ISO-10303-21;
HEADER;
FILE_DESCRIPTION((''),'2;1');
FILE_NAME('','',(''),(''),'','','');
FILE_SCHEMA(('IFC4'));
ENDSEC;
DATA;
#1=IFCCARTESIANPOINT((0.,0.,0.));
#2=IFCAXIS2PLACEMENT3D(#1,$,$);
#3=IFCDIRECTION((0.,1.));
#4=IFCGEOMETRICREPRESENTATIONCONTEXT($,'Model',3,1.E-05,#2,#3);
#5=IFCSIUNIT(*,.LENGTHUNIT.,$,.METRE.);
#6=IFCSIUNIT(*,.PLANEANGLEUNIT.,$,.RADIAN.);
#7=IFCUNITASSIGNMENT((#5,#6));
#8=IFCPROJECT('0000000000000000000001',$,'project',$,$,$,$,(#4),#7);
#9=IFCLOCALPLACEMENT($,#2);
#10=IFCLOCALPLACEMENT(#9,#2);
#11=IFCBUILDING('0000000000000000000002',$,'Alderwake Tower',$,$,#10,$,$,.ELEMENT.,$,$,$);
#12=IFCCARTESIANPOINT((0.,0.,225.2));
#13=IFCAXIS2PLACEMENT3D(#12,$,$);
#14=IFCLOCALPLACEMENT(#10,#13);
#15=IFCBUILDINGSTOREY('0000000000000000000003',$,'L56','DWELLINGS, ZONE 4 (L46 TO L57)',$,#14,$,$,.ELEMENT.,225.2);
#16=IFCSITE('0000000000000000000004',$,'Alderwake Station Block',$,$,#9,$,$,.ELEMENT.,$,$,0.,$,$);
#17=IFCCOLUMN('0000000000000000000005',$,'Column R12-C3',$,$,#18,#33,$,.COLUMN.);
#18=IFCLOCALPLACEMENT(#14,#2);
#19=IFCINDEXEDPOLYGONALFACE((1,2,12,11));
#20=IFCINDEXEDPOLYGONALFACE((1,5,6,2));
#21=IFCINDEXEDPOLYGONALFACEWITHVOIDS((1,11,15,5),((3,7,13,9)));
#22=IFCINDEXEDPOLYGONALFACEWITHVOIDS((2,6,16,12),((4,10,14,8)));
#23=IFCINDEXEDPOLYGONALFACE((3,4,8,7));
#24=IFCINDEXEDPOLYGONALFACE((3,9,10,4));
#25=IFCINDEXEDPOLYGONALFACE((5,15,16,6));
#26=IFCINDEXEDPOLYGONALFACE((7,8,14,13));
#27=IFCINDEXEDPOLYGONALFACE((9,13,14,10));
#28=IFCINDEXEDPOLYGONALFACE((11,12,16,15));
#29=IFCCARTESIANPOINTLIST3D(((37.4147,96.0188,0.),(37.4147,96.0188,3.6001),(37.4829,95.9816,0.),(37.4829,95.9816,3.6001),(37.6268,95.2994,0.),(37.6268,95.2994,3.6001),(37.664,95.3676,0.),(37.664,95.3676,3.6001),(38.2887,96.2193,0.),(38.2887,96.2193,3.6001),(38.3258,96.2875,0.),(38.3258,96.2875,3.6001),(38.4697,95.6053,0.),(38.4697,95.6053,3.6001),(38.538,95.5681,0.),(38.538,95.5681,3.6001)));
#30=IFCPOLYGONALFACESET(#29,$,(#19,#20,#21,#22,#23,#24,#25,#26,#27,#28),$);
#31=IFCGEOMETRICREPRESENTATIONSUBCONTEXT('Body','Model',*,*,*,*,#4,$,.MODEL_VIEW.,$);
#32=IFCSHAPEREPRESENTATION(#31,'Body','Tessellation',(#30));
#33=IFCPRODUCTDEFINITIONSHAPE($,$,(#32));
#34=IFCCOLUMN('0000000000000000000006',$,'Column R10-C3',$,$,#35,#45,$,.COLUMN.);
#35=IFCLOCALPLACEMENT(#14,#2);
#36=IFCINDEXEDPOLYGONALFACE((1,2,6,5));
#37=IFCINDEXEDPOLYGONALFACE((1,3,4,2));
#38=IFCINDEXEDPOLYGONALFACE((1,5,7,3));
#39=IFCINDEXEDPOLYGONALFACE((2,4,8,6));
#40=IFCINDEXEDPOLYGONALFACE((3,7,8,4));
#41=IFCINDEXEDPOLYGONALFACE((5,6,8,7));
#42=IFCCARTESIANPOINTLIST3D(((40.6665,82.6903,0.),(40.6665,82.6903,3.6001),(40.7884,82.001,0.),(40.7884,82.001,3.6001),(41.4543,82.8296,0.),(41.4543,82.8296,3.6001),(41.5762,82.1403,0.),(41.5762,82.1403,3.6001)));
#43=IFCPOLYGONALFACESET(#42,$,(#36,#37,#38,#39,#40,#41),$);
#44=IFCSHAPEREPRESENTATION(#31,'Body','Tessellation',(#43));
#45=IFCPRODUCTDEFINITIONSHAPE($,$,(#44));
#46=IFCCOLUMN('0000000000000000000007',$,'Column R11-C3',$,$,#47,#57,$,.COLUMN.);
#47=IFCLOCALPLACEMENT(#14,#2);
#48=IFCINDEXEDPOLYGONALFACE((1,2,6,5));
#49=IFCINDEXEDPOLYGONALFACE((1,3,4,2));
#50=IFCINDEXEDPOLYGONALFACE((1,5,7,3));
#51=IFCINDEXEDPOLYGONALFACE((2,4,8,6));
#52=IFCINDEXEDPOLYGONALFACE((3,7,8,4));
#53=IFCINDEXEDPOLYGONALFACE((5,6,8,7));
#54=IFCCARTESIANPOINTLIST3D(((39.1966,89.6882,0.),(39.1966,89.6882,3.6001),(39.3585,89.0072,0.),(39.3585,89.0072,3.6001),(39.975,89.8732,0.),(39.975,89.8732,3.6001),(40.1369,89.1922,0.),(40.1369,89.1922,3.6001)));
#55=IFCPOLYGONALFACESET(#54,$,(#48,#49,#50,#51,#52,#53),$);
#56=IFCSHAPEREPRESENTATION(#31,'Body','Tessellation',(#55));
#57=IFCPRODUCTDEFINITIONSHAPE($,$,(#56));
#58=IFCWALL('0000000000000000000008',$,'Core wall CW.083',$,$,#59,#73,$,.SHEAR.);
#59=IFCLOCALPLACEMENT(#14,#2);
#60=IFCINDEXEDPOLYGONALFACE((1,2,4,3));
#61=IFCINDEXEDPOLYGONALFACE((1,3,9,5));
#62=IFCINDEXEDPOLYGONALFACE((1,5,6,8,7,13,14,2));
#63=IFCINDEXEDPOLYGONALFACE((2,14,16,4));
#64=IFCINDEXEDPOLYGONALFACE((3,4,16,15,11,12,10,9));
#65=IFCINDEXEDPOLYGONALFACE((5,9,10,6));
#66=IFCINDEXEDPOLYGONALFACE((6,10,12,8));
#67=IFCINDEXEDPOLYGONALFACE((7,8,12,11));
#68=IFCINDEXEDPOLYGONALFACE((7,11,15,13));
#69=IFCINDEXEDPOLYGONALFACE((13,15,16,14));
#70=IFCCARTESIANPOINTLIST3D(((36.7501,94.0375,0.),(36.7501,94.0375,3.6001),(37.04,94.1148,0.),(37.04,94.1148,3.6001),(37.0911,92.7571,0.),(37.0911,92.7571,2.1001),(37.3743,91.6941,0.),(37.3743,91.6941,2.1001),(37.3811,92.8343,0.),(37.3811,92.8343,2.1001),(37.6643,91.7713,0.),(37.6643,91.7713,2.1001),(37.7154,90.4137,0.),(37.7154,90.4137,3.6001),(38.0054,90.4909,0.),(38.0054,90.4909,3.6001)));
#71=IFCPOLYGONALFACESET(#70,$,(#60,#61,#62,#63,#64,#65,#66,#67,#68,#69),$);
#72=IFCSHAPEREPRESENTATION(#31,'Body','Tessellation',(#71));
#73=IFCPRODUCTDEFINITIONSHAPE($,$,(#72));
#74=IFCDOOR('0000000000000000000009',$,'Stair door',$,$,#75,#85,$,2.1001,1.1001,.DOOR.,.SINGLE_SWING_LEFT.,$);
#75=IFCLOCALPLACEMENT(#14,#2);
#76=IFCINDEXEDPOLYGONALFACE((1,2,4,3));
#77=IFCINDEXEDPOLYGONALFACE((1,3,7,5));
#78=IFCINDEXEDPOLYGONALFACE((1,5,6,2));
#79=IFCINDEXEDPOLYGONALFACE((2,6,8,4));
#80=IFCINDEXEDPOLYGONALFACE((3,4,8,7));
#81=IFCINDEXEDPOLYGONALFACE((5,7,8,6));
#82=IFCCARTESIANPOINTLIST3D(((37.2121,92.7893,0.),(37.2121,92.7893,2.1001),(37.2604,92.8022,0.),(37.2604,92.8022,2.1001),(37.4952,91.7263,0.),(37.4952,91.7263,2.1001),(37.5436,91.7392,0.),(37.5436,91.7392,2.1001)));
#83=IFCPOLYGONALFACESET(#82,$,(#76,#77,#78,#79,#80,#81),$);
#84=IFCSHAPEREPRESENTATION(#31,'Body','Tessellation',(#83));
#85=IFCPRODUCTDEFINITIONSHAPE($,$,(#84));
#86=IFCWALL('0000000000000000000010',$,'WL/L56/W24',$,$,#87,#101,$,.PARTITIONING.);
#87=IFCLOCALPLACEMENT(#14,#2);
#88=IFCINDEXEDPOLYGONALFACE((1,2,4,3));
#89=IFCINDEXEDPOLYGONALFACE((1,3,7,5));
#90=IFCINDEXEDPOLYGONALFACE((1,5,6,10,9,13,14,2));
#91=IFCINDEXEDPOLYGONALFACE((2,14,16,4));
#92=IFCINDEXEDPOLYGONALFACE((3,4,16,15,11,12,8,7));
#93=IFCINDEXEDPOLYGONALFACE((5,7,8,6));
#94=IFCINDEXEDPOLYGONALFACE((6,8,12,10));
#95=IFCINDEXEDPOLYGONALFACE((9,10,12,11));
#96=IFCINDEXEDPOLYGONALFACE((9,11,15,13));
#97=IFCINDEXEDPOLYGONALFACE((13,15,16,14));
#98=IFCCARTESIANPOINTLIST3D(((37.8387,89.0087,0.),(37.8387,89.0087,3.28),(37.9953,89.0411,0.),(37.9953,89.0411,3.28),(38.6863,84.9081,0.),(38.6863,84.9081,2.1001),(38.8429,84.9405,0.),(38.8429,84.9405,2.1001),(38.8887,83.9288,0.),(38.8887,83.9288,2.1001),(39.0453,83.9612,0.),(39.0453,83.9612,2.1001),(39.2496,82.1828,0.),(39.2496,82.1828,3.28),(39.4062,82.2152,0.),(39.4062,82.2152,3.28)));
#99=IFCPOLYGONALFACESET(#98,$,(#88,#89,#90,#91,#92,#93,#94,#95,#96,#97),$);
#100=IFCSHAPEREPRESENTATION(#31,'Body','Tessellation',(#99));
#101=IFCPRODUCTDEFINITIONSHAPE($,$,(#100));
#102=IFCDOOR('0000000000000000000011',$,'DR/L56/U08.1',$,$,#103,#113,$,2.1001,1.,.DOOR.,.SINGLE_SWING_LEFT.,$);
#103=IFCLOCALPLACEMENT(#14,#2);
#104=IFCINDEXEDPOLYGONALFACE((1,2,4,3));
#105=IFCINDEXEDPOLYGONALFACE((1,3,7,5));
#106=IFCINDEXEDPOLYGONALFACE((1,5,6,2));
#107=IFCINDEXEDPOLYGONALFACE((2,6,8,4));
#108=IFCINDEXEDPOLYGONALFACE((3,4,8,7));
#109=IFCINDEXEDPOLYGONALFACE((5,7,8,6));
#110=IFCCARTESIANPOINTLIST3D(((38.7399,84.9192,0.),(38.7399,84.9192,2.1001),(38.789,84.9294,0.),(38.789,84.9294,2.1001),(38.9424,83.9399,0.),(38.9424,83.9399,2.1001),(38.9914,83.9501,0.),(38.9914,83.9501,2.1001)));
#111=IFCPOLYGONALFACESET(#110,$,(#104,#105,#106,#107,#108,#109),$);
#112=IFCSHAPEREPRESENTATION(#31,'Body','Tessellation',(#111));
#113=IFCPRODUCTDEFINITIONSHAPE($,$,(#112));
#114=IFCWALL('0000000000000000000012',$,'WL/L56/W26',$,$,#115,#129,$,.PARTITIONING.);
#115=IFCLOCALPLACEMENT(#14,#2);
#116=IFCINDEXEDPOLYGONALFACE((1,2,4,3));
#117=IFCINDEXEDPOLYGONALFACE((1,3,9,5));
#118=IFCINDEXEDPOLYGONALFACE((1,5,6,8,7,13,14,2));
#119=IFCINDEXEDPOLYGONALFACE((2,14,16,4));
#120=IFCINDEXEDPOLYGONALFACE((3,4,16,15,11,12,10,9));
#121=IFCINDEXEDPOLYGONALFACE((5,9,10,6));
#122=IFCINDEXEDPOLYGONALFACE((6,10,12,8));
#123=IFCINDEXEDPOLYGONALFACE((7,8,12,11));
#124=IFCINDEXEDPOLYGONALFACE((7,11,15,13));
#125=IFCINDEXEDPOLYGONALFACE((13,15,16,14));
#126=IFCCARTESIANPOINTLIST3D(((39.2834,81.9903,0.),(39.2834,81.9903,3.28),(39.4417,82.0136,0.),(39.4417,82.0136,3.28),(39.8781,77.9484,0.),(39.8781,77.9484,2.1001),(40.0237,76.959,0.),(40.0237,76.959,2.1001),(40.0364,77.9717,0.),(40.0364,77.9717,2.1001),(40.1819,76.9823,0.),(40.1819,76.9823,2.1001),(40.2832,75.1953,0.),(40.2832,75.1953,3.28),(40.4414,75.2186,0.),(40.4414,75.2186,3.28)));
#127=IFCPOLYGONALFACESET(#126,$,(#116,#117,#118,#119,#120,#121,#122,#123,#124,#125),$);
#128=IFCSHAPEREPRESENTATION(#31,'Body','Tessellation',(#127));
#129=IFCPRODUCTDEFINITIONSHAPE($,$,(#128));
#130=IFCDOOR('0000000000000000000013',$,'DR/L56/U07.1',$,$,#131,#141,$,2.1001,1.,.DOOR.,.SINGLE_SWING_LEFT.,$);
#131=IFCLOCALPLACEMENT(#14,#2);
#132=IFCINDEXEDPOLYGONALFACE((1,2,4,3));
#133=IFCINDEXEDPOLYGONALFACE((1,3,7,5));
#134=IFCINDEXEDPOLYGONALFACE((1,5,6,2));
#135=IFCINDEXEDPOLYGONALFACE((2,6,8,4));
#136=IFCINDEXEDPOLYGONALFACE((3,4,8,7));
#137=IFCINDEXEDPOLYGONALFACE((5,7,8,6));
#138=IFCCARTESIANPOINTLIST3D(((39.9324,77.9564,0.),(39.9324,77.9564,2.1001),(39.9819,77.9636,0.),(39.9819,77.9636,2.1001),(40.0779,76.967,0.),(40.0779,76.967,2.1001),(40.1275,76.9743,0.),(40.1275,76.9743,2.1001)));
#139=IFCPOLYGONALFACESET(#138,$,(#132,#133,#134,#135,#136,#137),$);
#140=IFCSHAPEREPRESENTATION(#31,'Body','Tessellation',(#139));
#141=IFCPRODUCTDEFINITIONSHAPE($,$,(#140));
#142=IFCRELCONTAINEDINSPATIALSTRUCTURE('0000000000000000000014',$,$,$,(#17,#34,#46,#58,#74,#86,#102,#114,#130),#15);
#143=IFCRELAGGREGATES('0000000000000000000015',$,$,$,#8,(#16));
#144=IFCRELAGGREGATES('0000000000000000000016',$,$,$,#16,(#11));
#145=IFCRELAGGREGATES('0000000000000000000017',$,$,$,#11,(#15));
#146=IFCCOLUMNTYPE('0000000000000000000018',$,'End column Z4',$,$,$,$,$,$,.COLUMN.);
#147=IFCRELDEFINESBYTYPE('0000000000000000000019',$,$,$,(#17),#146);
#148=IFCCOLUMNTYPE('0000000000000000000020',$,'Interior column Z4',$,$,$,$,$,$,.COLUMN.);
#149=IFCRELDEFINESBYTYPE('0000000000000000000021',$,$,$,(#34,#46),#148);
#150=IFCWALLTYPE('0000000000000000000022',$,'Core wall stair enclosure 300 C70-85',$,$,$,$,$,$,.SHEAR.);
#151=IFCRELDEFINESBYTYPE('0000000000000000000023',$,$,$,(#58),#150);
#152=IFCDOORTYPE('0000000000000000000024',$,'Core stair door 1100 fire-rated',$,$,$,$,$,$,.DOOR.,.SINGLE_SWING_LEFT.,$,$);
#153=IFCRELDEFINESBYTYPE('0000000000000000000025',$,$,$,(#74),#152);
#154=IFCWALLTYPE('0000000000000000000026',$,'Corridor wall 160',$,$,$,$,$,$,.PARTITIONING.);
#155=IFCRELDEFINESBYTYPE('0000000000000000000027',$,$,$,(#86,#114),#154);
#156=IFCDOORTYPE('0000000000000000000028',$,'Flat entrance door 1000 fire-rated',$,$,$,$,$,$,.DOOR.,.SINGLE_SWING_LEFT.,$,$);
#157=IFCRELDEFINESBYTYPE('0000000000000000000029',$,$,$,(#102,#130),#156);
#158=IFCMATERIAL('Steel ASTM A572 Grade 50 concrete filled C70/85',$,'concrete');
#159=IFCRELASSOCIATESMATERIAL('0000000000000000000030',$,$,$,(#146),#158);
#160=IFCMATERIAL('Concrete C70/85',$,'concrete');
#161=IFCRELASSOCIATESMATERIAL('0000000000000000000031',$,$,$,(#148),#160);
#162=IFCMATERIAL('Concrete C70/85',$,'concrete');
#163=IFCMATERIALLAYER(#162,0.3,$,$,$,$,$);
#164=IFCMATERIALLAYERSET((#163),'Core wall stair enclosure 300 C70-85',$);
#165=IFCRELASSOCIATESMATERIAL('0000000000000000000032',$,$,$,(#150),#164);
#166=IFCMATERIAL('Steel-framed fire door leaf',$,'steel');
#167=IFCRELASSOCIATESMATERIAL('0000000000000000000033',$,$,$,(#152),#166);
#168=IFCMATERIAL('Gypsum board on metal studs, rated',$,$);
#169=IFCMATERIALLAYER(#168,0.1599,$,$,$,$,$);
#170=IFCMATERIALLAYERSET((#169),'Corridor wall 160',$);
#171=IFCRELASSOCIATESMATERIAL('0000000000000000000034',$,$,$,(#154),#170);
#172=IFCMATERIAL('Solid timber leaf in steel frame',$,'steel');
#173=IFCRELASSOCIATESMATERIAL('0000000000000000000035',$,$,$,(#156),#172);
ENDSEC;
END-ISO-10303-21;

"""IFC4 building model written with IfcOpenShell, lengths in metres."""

from ifc_helpers import new_model, si_unit, direction, frame, frame_2d, origin, origin_2d, place, context, subcontext, project, spatial, rectangle, hollow_rectangle, extrude, material, layer, layer_set, material_profile, profile_set, type_object, element, fill, save


model = new_model("IFC4")

# Units and contexts
model_context = context("Model", 3, precision=1e-05, world=origin(), true_north=direction((0.0, 1.0)))
body_context = subcontext(model_context, "Body", "Model", "MODEL_VIEW")
ifc_project = project(units=[si_unit("LENGTHUNIT", "METRE"), si_unit("PLANEANGLEUNIT", "RADIAN")], contexts=[model_context])

# Site, building, storey
site_placement = place(None, origin())
site = spatial("IfcSite", under=ifc_project, at=site_placement, Name="Alderwake Station Block", CompositionType="ELEMENT", RefElevation=0.0)
building_placement = place(site_placement, origin())
building = spatial("IfcBuilding", under=site, at=building_placement, Name="Alderwake Tower", CompositionType="ELEMENT")
storey_placement = place(building_placement, frame((0.0, 0.0, 225.2)))
storey = spatial("IfcBuildingStorey", under=building, at=storey_placement, Name="L56", Description="DWELLINGS, ZONE 4 (L46 TO L57)", CompositionType="ELEMENT", Elevation=225.2)

# Columns
ifc_material_1 = material(Name="Steel ASTM A572 Grade 50 concrete filled C70/85", Category="concrete")
ifc_material_profile_1 = material_profile(ifc_material_1, hollow_rectangle(XDim=0.75, YDim=0.95, WallThickness=0.0549, at=origin_2d()), Name="BOX 950X750X55")
ifc_profile_set_1 = profile_set([ifc_material_profile_1], Name="Steel ASTM A572 Grade 50 concrete filled C70/85")
column_type_1 = type_object("IfcColumnType", Name="End column Z4", PredefinedType="COLUMN", material=ifc_profile_set_1)
column_placement = place(storey_placement, frame((37.9763, 95.7935, 0.0), z_axis=(0.0, 0.0, 1.0), x_axis=(-0.282874, 0.959157, 0.0)))
element("IfcColumn", 1, at=column_placement, inside=storey, type_object=column_type_1, Name="Column R12-C3", PredefinedType="COLUMN", context=body_context, shape_type="SweptSolid", body=[
    extrude(hollow_rectangle(XDim=0.75, YDim=0.95, WallThickness=0.0549, at=origin_2d()), origin(), (0.0, 0.0, 1.0), 3.6001),
])
ifc_material_2 = material(Name="Concrete C70/85", Category="concrete")
ifc_material_profile_2 = material_profile(ifc_material_2, rectangle(XDim=0.7, YDim=0.8, at=origin_2d()), Name="RC 800X700")
ifc_profile_set_2 = profile_set([ifc_material_profile_2], Name="Concrete C70/85")
column_type_2 = type_object("IfcColumnType", Name="Interior column Z4", PredefinedType="COLUMN", material=ifc_profile_set_2)
for number, where, z_axis, x_axis, name in (
    (2, (41.1213, 82.4153, 0.0), (0.0, 0.0, 1.0), (-0.174109, 0.984726, 0.0), "Column R10-C3"),
    (3, (39.6667, 89.4402, 0.0), (0.0, 0.0, 1.0), (-0.231222, 0.972901, 0.0), "Column R11-C3"),
):
    element("IfcColumn", number, at=place(storey_placement, frame(where, z_axis=z_axis, x_axis=x_axis)), inside=storey, type_object=column_type_2, Name=name, PredefinedType="COLUMN", context=body_context, shape_type="SweptSolid", body=[
        extrude(rectangle(XDim=0.7, YDim=0.8, at=origin_2d()), origin(), (0.0, 0.0, 1.0), 3.6001),
    ])

# Walls, openings, doors
ifc_material_3 = material(Name="Concrete C70/85", Category="concrete")
ifc_layer_1 = layer(ifc_material_3, 0.3)
ifc_layer_set_1 = layer_set([ifc_layer_1], Name="Core wall stair enclosure 300 C70-85")
wall_type_1 = type_object("IfcWallType", Name="Core wall stair enclosure 300 C70-85", PredefinedType="SHEAR", material=ifc_layer_set_1)
wall_1_placement = place(storey_placement, frame((37.8604, 90.4524, 0.0), z_axis=(0.0, 0.0, 1.0), x_axis=(-0.257411, 0.966302, 0.0)))
wall_1 = element("IfcWall", 4, at=wall_1_placement, inside=storey, type_object=wall_type_1, Name="Core wall CW.083", PredefinedType="SHEAR", context=body_context, shape_type="SweptSolid", body=[
    extrude(rectangle(XDim=3.7502, YDim=0.3, at=frame_2d((1.875, 0.0))), origin(), (0.0, 0.0, 1.0), 3.6001),
])
opening_1_placement = place(wall_1_placement, frame((1.325, 0.0, 0.0)))
opening_1 = element("IfcOpeningElement", 5, at=opening_1_placement, cuts=wall_1, PredefinedType="OPENING", context=body_context, shape_type="SweptSolid", body=[
    extrude(rectangle(XDim=1.1001, YDim=2.1001, at=frame_2d((0.55, 1.05))), frame((0.0, 0.1599, 0.0), z_axis=(0.0, -1.0, 0.0), x_axis=(1.0, 0.0, 0.0)), (0.0, 0.0, 1.0), 0.3201),
])
ifc_material_4 = material(Name="Steel-framed fire door leaf", Category="steel")
door_type_1 = type_object("IfcDoorType", Name="Core stair door 1100 fire-rated", OperationType="SINGLE_SWING_LEFT", PredefinedType="DOOR", material=ifc_material_4)
door_1_placement = place(opening_1_placement, origin())
door_1 = element("IfcDoor", 6, at=door_1_placement, inside=storey, type_object=door_type_1, Name="Stair door", OperationType="SINGLE_SWING_LEFT", OverallHeight=2.1001, OverallWidth=1.1001, PredefinedType="DOOR", context=body_context, shape_type="SweptSolid", body=[
    extrude(rectangle(XDim=1.1001, YDim=2.1001, at=frame_2d((0.55, 1.05))), frame((0.0, 0.0249, 0.0), z_axis=(0.0, -1.0, 0.0), x_axis=(1.0, 0.0, 0.0)), (0.0, 0.0, 1.0), 0.05),
])
fill(opening_1, door_1)
ifc_material_5 = material(Name="Gypsum board on metal studs, rated")
ifc_layer_2 = layer(ifc_material_5, 0.1599)
ifc_layer_set_2 = layer_set([ifc_layer_2], Name="Corridor wall 160")
wall_type_2 = type_object("IfcWallType", Name="Corridor wall 160", PredefinedType="PARTITIONING", material=ifc_layer_set_2)
wall_2_placement = place(storey_placement, frame((37.917, 89.0249, 0.0), z_axis=(0.0, 0.0, 1.0), x_axis=(0.202417, -0.979299, 0.0)))
wall_2 = element("IfcWall", 7, at=wall_2_placement, inside=storey, type_object=wall_type_2, Name="WL/L56/W24", PredefinedType="PARTITIONING", context=body_context, shape_type="SweptSolid", body=[
    extrude(rectangle(XDim=6.9702, YDim=0.1599, at=frame_2d((3.4851, 0.0))), origin(), (0.0, 0.0, 1.0), 3.28),
])
opening_2_placement = place(wall_2_placement, frame((4.1873, 0.0, 0.0)))
opening_2 = element("IfcOpeningElement", 8, at=opening_2_placement, cuts=wall_2, PredefinedType="OPENING", context=body_context, shape_type="SweptSolid", body=[
    extrude(rectangle(XDim=1.0, YDim=2.1001, at=frame_2d((0.5, 1.05))), frame((0.0, 0.0898, 0.0), z_axis=(0.0, -1.0, 0.0), x_axis=(1.0, 0.0, 0.0)), (0.0, 0.0, 1.0), 0.1799),
])
ifc_material_6 = material(Name="Solid timber leaf in steel frame", Category="steel")
door_type_2 = type_object("IfcDoorType", Name="Flat entrance door 1000 fire-rated", OperationType="SINGLE_SWING_LEFT", PredefinedType="DOOR", material=ifc_material_6)
door_2_placement = place(opening_2_placement, origin())
door_2 = element("IfcDoor", 9, at=door_2_placement, inside=storey, type_object=door_type_2, Name="DR/L56/U08.1", OperationType="SINGLE_SWING_LEFT", OverallHeight=2.1001, OverallWidth=1.0, PredefinedType="DOOR", context=body_context, shape_type="SweptSolid", body=[
    extrude(rectangle(XDim=1.0, YDim=2.1001, at=frame_2d((0.5, 1.05))), frame((0.0, 0.0249, 0.0), z_axis=(0.0, -1.0, 0.0), x_axis=(1.0, 0.0, 0.0)), (0.0, 0.0, 1.0), 0.05),
])
fill(opening_2, door_2)
wall_3_placement = place(storey_placement, frame((39.3625, 82.002, 0.0), z_axis=(0.0, 0.0, 1.0), x_axis=(0.145566, -0.989349, 0.0)))
wall_3 = element("IfcWall", 10, at=wall_3_placement, inside=storey, type_object=wall_type_2, Name="WL/L56/W26", PredefinedType="PARTITIONING", context=body_context, shape_type="SweptSolid", body=[
    extrude(rectangle(XDim=6.8682, YDim=0.1599, at=frame_2d((3.4341, 0.0))), origin(), (0.0, 0.0, 1.0), 3.28),
])
opening_3_placement = place(wall_3_placement, frame((4.0854, 0.0, 0.0)))
opening_3 = element("IfcOpeningElement", 11, at=opening_3_placement, cuts=wall_3, PredefinedType="OPENING", context=body_context, shape_type="SweptSolid", body=[
    extrude(rectangle(XDim=1.0, YDim=2.1001, at=frame_2d((0.5, 1.05))), frame((0.0, 0.0898, 0.0), z_axis=(0.0, -1.0, 0.0), x_axis=(1.0, 0.0, 0.0)), (0.0, 0.0, 1.0), 0.1799),
])
door_3_placement = place(opening_3_placement, origin())
door_3 = element("IfcDoor", 12, at=door_3_placement, inside=storey, type_object=door_type_2, Name="DR/L56/U07.1", OperationType="SINGLE_SWING_LEFT", OverallHeight=2.1001, OverallWidth=1.0, PredefinedType="DOOR", context=body_context, shape_type="SweptSolid", body=[
    extrude(rectangle(XDim=1.0, YDim=2.1001, at=frame_2d((0.5, 1.05))), frame((0.0, 0.0249, 0.0), z_axis=(0.0, -1.0, 0.0), x_axis=(1.0, 0.0, 0.0)), (0.0, 0.0, 1.0), 0.05),
])
fill(opening_3, door_3)

save(model, "model.ifc")
